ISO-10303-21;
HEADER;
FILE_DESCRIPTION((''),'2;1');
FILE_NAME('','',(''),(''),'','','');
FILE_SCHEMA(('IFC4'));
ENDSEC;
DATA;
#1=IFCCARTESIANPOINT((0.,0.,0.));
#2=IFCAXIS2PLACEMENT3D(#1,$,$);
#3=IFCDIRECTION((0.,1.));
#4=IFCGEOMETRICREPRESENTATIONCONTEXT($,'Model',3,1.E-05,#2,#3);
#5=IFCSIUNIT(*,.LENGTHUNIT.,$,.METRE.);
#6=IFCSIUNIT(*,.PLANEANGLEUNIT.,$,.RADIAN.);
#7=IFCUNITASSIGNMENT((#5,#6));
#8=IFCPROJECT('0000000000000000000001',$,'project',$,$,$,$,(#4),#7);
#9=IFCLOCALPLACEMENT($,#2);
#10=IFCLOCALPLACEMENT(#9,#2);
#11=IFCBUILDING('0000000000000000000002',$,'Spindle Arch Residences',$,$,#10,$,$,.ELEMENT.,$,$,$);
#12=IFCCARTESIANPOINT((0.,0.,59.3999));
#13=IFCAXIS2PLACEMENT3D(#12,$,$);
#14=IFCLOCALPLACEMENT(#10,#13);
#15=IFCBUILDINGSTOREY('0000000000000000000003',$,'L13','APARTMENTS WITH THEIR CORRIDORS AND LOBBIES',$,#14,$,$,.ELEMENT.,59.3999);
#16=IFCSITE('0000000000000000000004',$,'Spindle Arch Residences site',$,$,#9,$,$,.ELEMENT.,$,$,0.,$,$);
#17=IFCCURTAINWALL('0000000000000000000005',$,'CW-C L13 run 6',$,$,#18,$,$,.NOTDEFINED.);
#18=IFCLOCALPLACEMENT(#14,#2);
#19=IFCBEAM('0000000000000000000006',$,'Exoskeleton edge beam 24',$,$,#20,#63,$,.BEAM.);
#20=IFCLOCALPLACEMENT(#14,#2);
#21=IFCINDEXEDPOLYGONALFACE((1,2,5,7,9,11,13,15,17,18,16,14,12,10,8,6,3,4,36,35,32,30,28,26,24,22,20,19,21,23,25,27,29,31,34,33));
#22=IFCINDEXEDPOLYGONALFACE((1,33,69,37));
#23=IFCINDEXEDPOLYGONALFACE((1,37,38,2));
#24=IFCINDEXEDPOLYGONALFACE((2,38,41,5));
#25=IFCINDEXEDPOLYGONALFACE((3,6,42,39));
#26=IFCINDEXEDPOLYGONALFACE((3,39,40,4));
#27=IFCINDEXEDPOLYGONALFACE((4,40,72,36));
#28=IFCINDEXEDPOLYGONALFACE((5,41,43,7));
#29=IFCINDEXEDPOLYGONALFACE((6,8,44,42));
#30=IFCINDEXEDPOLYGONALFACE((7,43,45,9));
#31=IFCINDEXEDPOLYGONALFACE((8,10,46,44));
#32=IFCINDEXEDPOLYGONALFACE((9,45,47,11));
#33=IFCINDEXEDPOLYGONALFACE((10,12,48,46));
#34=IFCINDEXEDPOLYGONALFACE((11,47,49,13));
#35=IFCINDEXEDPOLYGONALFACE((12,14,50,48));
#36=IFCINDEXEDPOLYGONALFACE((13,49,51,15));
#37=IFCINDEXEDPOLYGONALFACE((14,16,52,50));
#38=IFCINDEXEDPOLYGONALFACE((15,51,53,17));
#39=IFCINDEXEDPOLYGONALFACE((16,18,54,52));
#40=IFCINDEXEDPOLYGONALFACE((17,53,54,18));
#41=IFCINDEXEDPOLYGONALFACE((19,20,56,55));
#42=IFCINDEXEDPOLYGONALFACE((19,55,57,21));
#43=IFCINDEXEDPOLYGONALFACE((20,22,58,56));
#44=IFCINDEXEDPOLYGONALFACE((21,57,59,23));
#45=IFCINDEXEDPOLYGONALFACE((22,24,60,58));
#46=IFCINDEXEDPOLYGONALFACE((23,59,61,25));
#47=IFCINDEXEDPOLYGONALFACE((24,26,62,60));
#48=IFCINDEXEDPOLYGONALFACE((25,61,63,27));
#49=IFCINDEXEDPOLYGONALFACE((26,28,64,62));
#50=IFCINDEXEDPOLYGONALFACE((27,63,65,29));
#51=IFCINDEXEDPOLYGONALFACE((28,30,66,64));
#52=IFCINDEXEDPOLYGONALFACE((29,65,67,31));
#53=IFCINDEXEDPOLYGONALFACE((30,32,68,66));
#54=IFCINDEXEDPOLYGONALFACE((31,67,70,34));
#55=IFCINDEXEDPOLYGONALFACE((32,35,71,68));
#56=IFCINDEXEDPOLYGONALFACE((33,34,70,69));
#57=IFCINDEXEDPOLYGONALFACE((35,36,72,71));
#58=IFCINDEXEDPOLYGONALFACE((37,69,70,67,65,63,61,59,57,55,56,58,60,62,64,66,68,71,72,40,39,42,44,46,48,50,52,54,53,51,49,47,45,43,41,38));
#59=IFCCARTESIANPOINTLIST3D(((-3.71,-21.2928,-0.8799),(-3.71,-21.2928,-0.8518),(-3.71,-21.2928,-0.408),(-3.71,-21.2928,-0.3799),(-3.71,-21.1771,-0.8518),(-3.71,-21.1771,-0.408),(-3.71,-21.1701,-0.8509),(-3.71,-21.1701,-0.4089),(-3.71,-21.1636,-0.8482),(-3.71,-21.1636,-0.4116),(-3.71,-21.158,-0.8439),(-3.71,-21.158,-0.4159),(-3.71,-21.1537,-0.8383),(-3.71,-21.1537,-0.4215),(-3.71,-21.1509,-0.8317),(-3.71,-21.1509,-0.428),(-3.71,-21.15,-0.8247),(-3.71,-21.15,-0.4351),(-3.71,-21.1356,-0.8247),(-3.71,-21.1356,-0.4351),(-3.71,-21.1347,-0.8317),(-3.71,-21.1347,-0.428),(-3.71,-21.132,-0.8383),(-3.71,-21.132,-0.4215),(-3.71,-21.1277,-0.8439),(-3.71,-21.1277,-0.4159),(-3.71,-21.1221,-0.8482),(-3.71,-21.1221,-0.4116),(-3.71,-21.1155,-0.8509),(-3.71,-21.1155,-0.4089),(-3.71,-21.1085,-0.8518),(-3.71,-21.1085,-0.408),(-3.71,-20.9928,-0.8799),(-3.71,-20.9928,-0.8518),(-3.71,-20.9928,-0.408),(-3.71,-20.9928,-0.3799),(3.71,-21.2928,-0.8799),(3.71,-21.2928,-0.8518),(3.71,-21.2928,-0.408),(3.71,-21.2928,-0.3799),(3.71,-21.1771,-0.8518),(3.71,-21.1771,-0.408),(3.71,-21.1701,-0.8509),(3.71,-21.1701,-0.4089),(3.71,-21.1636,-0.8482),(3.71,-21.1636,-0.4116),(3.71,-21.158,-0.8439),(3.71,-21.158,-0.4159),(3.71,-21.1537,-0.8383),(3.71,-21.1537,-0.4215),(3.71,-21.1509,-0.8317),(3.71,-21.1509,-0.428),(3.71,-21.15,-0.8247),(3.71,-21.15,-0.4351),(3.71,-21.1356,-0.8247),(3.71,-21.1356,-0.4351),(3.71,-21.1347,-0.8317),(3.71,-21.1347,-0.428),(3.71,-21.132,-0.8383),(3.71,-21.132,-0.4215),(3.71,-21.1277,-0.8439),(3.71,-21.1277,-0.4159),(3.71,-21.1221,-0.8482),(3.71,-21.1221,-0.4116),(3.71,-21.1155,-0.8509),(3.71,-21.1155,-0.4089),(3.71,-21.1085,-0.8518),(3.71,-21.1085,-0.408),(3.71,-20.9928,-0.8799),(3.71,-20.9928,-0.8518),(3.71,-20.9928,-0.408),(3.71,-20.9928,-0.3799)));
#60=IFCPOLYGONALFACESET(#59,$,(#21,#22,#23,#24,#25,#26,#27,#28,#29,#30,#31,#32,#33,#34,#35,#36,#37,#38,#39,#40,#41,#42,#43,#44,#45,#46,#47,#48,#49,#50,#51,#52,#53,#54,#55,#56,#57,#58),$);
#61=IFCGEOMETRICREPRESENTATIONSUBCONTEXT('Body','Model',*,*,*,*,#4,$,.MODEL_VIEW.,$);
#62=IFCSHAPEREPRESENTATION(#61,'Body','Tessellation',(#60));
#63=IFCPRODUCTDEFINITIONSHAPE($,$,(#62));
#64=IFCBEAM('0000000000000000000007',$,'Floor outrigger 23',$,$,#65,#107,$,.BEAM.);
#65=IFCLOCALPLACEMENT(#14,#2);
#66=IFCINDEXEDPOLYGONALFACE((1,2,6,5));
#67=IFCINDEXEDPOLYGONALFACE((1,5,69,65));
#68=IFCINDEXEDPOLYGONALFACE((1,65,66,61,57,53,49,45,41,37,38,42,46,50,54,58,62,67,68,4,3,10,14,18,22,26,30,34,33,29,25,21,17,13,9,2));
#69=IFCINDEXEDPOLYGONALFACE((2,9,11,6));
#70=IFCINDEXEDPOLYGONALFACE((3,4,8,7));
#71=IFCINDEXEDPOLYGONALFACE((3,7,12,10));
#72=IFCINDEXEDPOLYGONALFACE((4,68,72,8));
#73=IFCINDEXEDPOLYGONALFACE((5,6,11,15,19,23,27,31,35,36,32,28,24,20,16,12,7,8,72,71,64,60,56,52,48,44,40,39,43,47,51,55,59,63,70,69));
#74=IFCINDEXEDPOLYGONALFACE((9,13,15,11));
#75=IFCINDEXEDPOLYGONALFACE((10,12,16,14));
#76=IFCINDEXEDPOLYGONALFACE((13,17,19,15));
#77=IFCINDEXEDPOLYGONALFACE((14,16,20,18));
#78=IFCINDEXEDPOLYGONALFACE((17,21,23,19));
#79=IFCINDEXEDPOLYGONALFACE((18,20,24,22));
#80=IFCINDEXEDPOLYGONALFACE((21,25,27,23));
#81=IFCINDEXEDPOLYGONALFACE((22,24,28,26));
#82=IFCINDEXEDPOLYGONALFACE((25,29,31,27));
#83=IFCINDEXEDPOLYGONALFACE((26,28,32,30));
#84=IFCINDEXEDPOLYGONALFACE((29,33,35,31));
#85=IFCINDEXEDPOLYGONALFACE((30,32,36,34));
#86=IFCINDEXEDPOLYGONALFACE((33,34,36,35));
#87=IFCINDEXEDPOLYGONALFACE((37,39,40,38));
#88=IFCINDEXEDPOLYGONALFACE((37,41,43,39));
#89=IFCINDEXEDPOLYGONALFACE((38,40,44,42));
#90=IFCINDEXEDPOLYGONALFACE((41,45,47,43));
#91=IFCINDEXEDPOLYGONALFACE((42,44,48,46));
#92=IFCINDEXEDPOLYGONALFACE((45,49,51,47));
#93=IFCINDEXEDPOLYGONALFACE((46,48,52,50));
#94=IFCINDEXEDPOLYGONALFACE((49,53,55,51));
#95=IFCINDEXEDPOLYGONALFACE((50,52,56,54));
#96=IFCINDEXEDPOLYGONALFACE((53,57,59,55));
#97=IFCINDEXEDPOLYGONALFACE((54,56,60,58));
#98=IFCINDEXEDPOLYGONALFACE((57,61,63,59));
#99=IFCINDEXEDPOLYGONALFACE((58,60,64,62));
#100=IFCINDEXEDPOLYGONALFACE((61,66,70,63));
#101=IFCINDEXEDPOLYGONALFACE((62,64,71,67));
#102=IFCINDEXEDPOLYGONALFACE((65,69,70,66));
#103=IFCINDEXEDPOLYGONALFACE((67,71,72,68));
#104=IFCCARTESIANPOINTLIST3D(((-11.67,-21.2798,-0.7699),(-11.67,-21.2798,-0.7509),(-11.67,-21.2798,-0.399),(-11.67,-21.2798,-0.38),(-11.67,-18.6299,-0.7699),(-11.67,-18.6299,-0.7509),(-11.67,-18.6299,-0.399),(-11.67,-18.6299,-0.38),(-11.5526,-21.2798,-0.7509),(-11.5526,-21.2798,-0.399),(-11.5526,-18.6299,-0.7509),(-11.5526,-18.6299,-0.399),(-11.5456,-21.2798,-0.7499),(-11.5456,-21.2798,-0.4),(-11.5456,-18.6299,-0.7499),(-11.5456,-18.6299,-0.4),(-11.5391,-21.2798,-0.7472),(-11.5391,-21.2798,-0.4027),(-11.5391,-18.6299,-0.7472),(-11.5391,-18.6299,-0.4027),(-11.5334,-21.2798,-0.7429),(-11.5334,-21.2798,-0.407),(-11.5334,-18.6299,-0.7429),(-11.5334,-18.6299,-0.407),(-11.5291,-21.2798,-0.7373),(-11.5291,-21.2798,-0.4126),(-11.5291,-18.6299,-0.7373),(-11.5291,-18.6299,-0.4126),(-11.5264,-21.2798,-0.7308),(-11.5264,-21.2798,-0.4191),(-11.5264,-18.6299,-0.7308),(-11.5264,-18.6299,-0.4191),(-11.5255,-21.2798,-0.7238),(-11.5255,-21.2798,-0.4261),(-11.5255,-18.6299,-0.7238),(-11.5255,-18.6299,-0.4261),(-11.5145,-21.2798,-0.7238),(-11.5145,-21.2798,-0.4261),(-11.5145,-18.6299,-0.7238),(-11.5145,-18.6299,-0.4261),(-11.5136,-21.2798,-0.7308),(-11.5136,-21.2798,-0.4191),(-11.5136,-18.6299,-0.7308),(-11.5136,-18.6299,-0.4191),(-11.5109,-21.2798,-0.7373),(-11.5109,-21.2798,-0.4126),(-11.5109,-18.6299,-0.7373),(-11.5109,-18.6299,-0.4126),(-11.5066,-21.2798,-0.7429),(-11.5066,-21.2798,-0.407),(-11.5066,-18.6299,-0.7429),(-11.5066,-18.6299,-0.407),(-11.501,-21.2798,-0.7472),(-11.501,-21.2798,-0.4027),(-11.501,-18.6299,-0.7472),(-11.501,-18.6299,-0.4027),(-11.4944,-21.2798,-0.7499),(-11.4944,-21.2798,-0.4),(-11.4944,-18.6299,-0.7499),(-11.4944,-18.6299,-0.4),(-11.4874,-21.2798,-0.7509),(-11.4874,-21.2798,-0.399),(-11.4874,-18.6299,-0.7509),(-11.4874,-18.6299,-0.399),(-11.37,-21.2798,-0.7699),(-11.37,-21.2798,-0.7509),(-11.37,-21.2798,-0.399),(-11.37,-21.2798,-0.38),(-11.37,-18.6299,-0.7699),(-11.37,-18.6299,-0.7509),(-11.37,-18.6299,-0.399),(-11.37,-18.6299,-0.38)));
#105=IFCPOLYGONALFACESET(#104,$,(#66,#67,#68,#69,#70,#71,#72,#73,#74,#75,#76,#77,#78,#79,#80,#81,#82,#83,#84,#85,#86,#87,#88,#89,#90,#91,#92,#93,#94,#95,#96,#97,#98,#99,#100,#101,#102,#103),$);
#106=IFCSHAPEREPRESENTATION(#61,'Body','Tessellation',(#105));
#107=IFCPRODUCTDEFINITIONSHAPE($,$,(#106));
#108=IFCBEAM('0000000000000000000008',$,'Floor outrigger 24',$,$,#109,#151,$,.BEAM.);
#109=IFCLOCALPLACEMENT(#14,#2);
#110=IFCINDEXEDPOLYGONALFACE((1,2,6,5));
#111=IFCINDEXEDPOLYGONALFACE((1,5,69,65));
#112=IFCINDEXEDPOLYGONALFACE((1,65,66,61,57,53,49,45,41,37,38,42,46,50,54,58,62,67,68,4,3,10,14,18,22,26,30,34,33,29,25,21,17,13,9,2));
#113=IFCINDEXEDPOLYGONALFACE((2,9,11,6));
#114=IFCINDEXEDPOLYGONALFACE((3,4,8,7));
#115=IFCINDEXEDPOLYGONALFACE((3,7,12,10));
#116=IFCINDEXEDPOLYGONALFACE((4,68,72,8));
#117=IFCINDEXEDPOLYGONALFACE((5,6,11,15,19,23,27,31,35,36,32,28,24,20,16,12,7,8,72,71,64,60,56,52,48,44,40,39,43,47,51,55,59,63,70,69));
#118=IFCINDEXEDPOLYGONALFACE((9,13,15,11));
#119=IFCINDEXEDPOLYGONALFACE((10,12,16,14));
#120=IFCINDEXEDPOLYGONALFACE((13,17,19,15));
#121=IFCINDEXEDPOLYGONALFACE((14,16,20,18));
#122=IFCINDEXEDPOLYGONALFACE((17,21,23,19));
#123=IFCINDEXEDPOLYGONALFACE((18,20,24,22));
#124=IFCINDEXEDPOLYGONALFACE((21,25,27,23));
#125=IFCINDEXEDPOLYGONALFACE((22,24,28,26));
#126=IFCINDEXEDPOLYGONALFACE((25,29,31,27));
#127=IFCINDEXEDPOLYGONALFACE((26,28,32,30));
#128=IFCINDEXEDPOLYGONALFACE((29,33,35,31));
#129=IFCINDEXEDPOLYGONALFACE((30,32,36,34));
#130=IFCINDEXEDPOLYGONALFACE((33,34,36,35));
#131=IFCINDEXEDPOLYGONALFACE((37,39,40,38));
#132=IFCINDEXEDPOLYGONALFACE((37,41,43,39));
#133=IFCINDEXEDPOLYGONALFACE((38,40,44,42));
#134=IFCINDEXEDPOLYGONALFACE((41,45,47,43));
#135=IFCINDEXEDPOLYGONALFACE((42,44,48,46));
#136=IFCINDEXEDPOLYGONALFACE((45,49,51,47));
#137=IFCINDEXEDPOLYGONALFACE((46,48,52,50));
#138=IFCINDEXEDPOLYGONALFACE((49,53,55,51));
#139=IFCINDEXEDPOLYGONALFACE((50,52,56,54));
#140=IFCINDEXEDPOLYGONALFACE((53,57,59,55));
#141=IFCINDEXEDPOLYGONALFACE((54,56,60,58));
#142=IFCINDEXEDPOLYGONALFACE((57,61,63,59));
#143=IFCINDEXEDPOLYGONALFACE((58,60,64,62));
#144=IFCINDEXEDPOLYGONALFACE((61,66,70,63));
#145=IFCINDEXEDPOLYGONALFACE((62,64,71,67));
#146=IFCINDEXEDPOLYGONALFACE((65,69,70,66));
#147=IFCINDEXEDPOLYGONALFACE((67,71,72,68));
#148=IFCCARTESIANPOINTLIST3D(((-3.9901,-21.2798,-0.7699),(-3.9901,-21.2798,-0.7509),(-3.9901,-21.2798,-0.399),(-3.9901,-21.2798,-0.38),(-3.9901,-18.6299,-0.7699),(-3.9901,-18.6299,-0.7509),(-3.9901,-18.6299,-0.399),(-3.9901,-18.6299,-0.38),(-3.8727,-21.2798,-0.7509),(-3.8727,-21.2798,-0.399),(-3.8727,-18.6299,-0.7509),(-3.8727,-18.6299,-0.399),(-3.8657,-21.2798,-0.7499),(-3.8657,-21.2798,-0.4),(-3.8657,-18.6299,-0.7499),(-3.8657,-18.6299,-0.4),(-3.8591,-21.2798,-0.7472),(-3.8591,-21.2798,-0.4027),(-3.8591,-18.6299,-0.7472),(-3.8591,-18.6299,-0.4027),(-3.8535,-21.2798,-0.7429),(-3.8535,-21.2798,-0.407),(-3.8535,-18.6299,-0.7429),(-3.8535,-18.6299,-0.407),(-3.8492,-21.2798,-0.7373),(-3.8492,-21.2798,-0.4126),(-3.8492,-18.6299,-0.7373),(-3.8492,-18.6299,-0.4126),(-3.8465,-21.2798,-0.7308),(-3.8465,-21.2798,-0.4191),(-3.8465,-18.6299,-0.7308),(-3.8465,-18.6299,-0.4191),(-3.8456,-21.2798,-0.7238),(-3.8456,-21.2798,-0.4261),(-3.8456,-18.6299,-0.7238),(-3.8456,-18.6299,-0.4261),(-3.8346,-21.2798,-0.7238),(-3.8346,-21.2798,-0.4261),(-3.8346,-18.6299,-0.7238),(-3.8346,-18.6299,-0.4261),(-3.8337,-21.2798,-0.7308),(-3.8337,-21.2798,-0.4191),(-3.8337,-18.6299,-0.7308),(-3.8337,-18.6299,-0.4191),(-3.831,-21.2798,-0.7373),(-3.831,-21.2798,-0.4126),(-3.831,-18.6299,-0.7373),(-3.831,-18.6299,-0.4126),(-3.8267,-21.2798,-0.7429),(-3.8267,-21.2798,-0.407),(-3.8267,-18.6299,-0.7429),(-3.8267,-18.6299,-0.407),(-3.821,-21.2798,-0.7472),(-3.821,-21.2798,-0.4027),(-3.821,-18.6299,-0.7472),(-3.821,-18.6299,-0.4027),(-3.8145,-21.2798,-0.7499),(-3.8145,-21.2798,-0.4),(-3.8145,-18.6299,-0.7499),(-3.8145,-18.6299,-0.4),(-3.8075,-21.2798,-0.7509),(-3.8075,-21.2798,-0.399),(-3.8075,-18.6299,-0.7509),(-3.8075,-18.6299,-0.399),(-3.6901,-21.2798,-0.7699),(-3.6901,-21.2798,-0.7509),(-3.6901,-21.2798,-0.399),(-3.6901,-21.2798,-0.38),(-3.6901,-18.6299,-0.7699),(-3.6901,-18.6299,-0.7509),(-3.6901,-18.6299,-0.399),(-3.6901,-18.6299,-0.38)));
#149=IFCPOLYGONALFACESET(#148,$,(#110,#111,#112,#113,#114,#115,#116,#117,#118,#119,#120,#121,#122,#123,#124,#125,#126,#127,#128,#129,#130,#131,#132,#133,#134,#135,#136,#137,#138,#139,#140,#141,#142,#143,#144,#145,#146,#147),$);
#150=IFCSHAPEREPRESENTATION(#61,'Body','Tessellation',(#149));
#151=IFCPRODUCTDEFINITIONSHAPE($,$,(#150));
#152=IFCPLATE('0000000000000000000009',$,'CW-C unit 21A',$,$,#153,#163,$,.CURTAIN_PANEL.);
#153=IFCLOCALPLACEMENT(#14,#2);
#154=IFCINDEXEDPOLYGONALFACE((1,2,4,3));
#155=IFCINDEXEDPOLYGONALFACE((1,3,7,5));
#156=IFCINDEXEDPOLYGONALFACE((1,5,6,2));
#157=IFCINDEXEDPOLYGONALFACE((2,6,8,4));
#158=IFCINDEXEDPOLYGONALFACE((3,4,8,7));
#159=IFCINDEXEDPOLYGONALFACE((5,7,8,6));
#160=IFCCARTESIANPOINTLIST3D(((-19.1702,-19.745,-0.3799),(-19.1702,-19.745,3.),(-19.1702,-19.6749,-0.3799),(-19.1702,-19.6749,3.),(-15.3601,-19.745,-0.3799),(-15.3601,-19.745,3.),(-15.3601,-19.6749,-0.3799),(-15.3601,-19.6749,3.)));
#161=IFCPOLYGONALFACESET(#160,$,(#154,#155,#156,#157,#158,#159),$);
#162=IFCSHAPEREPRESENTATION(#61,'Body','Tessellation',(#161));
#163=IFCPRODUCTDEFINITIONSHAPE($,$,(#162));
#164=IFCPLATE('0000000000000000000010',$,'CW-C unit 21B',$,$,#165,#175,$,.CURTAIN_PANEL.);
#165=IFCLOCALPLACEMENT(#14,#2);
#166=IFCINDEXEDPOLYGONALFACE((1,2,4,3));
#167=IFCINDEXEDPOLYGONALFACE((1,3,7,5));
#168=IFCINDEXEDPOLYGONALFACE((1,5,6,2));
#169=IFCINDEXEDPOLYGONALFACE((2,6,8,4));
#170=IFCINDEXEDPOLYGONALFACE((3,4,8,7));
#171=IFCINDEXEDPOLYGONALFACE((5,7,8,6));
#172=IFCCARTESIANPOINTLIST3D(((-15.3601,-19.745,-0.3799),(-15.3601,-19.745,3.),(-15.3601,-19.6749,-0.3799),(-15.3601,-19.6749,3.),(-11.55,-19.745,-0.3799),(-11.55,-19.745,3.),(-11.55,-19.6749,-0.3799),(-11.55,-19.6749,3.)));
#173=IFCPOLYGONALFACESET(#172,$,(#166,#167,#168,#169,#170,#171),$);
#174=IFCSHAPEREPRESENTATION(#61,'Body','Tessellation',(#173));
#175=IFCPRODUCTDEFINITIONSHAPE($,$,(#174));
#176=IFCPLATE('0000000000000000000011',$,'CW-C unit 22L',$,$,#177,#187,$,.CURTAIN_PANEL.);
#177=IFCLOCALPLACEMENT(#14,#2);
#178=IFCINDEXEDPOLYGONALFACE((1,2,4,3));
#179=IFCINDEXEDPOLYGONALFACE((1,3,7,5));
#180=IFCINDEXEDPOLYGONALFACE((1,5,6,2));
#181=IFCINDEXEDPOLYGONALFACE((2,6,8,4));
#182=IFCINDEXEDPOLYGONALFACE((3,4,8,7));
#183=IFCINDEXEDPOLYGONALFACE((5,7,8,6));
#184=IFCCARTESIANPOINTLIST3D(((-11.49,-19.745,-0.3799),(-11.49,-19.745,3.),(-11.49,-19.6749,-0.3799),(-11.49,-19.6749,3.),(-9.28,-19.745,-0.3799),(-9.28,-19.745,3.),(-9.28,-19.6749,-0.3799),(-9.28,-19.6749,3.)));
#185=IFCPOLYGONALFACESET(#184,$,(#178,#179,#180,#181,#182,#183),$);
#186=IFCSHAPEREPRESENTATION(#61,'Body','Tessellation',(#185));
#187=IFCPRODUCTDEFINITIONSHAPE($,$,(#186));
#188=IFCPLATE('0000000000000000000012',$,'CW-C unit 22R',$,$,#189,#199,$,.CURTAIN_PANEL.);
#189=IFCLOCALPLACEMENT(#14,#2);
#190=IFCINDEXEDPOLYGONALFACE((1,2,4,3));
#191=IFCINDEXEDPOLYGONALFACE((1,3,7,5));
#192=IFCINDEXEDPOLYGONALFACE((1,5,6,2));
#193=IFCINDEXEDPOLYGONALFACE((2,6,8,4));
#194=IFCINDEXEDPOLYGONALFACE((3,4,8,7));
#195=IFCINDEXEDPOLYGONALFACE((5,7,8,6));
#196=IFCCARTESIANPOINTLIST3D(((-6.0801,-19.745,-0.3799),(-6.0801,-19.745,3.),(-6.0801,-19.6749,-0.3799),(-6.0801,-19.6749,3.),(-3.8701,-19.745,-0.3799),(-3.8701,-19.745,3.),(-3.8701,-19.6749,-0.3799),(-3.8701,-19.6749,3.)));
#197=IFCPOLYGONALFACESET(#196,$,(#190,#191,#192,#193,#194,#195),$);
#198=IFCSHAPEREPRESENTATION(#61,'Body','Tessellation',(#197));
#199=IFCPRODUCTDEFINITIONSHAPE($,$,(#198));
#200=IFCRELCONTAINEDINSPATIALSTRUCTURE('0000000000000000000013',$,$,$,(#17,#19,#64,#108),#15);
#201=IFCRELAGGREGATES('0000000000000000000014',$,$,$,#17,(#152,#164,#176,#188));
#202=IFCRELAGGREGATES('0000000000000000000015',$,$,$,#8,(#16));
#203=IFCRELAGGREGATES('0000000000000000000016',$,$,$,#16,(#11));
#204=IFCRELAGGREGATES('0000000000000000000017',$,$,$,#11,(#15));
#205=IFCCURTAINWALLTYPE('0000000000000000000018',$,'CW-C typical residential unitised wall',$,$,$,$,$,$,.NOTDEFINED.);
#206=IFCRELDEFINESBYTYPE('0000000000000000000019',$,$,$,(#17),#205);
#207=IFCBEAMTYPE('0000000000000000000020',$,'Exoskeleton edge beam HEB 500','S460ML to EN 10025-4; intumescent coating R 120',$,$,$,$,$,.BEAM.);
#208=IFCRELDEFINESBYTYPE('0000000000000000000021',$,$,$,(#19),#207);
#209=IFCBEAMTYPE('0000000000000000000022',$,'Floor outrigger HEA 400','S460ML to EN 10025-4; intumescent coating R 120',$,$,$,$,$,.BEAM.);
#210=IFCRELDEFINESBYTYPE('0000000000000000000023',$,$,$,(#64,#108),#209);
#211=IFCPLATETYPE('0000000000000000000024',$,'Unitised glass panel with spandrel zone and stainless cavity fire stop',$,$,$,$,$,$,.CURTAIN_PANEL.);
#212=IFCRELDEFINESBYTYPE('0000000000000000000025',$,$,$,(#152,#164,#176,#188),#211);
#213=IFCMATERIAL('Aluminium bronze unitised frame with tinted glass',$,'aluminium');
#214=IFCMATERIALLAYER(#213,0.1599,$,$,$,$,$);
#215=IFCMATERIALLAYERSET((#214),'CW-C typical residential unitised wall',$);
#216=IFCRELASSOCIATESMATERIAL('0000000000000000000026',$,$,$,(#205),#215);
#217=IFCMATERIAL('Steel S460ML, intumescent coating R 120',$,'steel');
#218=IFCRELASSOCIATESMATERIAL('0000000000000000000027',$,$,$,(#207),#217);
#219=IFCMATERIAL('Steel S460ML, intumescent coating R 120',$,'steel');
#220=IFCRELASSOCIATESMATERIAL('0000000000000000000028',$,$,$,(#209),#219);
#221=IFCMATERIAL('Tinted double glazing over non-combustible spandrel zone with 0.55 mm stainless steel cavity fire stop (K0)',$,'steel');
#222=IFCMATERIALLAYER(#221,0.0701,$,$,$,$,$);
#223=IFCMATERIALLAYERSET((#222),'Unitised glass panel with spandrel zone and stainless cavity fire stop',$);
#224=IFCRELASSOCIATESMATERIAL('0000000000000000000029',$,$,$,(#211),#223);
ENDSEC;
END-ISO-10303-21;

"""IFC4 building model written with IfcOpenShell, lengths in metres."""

from ifc_helpers import new_model, si_unit, direction, frame, origin, origin_2d, place, context, subcontext, project, spatial, rectangle, i_section, extrude, material, layer, layer_set, material_profile, profile_set, type_object, element, aggregate, save


model = new_model("IFC4")

# Units and contexts
model_context = context("Model", 3, precision=1e-05, world=origin(), true_north=direction((0.0, 1.0)))
body_context = subcontext(model_context, "Body", "Model", "MODEL_VIEW")
ifc_project = project(units=[si_unit("LENGTHUNIT", "METRE"), si_unit("PLANEANGLEUNIT", "RADIAN")], contexts=[model_context])

# Site, building, storey
site_placement = place(None, origin())
site = spatial("IfcSite", under=ifc_project, at=site_placement, Name="Spindle Arch Residences site", CompositionType="ELEMENT", RefElevation=0.0)
building_placement = place(site_placement, origin())
building = spatial("IfcBuilding", under=site, at=building_placement, Name="Spindle Arch Residences", CompositionType="ELEMENT")
storey_placement = place(building_placement, frame((0.0, 0.0, 59.3999)))
storey = spatial("IfcBuildingStorey", under=building, at=storey_placement, Name="L13", Description="APARTMENTS WITH THEIR CORRIDORS AND LOBBIES", CompositionType="ELEMENT", Elevation=59.3999)

# Curtain wall
ifc_material_1 = material(Name="Aluminium bronze unitised frame with tinted glass", Category="aluminium")
ifc_layer_1 = layer(ifc_material_1, 0.1599)
ifc_layer_set_1 = layer_set([ifc_layer_1], Name="CW-C typical residential unitised wall")
curtain_wall_type = type_object("IfcCurtainWallType", Name="CW-C typical residential unitised wall", PredefinedType="NOTDEFINED", material=ifc_layer_set_1)
curtain_wall_placement = place(storey_placement, origin())
curtain_wall = element("IfcCurtainWall", 1, at=curtain_wall_placement, inside=storey, type_object=curtain_wall_type, Name="CW-C L13 run 6", PredefinedType="NOTDEFINED")

# Beams
ifc_material_2 = material(Name="Steel S460ML, intumescent coating R 120", Category="steel")
ifc_material_profile_1 = material_profile(ifc_material_2, i_section(OverallWidth=0.3, OverallDepth=0.5, WebThickness=0.0144, FlangeThickness=0.0281, FilletRadius=0.0271, at=origin_2d()), Name="HEB 500")
ifc_profile_set_1 = profile_set([ifc_material_profile_1], Name="Steel S460ML, intumescent coating R 120")
beam_type_1 = type_object("IfcBeamType", Name="Exoskeleton edge beam HEB 500", Description="S460ML to EN 10025-4; intumescent coating R 120", PredefinedType="BEAM", material=ifc_profile_set_1)
beam_1_placement = place(storey_placement, frame((-3.71, -21.1428, -0.6299), z_axis=(1.0, 0.0, 0.0), x_axis=(0.0, 1.0, 0.0)))
element("IfcBeam", 2, at=beam_1_placement, inside=storey, type_object=beam_type_1, Name="Exoskeleton edge beam 24", PredefinedType="BEAM", context=body_context, shape_type="SweptSolid", body=[
    extrude(i_section(OverallWidth=0.3, OverallDepth=0.5, WebThickness=0.0144, FlangeThickness=0.0281, FilletRadius=0.0271, at=origin_2d()), origin(), (0.0, 0.0, 1.0), 7.4199),
])
ifc_material_3 = material(Name="Steel S460ML, intumescent coating R 120", Category="steel")
ifc_material_profile_2 = material_profile(ifc_material_3, i_section(OverallWidth=0.3, OverallDepth=0.3899, WebThickness=0.011, FlangeThickness=0.019, FilletRadius=0.0271, at=origin_2d()), Name="HEA 400")
ifc_profile_set_2 = profile_set([ifc_material_profile_2], Name="Steel S460ML, intumescent coating R 120")
beam_type_2 = type_object("IfcBeamType", Name="Floor outrigger HEA 400", Description="S460ML to EN 10025-4; intumescent coating R 120", PredefinedType="BEAM", material=ifc_profile_set_2)
for number, where, z_axis, x_axis, name in (
    (3, (-11.52, -21.2798, -0.575), (0.0, 1.0, 0.0), (-1.0, 0.0, 0.0), "Floor outrigger 23"),
    (4, (-3.8401, -21.2798, -0.575), (0.0, 1.0, 0.0), (-1.0, 0.0, 0.0), "Floor outrigger 24"),
):
    element("IfcBeam", number, at=place(storey_placement, frame(where, z_axis=z_axis, x_axis=x_axis)), inside=storey, type_object=beam_type_2, Name=name, PredefinedType="BEAM", context=body_context, shape_type="SweptSolid", body=[
        extrude(i_section(OverallWidth=0.3, OverallDepth=0.3899, WebThickness=0.011, FlangeThickness=0.019, FilletRadius=0.0271, at=origin_2d()), origin(), (0.0, 0.0, 1.0), 2.6499),
    ])

# Plates
ifc_material_4 = material(Name="Tinted double glazing over non-combustible spandrel zone with 0.55 mm stainless steel cavity fire stop (K0)", Category="steel")
ifc_layer_2 = layer(ifc_material_4, 0.0701)
ifc_layer_set_2 = layer_set([ifc_layer_2], Name="Unitised glass panel with spandrel zone and stainless cavity fire stop")
plate_type = type_object("IfcPlateType", Name="Unitised glass panel with spandrel zone and stainless cavity fire stop", PredefinedType="CURTAIN_PANEL", material=ifc_layer_set_2)
plate_1_placement = place(storey_placement, frame((-17.2651, -19.71, -0.3799), z_axis=(0.0, 0.0, 1.0), x_axis=(1.0, 0.0, 0.0)))
plate_1 = element("IfcPlate", 5, at=plate_1_placement, type_object=plate_type, Name="CW-C unit 21A", PredefinedType="CURTAIN_PANEL", context=body_context, shape_type="SweptSolid", body=[
    extrude(rectangle(XDim=3.8101, YDim=0.0701, at=origin_2d()), origin(), (0.0, 0.0, 1.0), 3.3799),
])
plate_2_placement = place(storey_placement, frame((-13.4551, -19.71, -0.3799), z_axis=(0.0, 0.0, 1.0), x_axis=(1.0, 0.0, 0.0)))
plate_2 = element("IfcPlate", 6, at=plate_2_placement, type_object=plate_type, Name="CW-C unit 21B", PredefinedType="CURTAIN_PANEL", context=body_context, shape_type="SweptSolid", body=[
    extrude(rectangle(XDim=3.8101, YDim=0.0701, at=origin_2d()), origin(), (0.0, 0.0, 1.0), 3.3799),
])
plate_3_placement = place(storey_placement, frame((-10.385, -19.71, -0.3799), z_axis=(0.0, 0.0, 1.0), x_axis=(1.0, 0.0, 0.0)))
plate_3 = element("IfcPlate", 7, at=plate_3_placement, type_object=plate_type, Name="CW-C unit 22L", PredefinedType="CURTAIN_PANEL", context=body_context, shape_type="SweptSolid", body=[
    extrude(rectangle(XDim=2.21, YDim=0.0701, at=origin_2d()), origin(), (0.0, 0.0, 1.0), 3.3799),
])
plate_4_placement = place(storey_placement, frame((-4.9751, -19.71, -0.3799), z_axis=(0.0, 0.0, 1.0), x_axis=(1.0, 0.0, 0.0)))
plate_4 = element("IfcPlate", 8, at=plate_4_placement, type_object=plate_type, Name="CW-C unit 22R", PredefinedType="CURTAIN_PANEL", context=body_context, shape_type="SweptSolid", body=[
    extrude(rectangle(XDim=2.21, YDim=0.0701, at=origin_2d()), origin(), (0.0, 0.0, 1.0), 3.3799),
])
aggregate(curtain_wall, [plate_1, plate_2, plate_3, plate_4])

save(model, "model.ifc")
